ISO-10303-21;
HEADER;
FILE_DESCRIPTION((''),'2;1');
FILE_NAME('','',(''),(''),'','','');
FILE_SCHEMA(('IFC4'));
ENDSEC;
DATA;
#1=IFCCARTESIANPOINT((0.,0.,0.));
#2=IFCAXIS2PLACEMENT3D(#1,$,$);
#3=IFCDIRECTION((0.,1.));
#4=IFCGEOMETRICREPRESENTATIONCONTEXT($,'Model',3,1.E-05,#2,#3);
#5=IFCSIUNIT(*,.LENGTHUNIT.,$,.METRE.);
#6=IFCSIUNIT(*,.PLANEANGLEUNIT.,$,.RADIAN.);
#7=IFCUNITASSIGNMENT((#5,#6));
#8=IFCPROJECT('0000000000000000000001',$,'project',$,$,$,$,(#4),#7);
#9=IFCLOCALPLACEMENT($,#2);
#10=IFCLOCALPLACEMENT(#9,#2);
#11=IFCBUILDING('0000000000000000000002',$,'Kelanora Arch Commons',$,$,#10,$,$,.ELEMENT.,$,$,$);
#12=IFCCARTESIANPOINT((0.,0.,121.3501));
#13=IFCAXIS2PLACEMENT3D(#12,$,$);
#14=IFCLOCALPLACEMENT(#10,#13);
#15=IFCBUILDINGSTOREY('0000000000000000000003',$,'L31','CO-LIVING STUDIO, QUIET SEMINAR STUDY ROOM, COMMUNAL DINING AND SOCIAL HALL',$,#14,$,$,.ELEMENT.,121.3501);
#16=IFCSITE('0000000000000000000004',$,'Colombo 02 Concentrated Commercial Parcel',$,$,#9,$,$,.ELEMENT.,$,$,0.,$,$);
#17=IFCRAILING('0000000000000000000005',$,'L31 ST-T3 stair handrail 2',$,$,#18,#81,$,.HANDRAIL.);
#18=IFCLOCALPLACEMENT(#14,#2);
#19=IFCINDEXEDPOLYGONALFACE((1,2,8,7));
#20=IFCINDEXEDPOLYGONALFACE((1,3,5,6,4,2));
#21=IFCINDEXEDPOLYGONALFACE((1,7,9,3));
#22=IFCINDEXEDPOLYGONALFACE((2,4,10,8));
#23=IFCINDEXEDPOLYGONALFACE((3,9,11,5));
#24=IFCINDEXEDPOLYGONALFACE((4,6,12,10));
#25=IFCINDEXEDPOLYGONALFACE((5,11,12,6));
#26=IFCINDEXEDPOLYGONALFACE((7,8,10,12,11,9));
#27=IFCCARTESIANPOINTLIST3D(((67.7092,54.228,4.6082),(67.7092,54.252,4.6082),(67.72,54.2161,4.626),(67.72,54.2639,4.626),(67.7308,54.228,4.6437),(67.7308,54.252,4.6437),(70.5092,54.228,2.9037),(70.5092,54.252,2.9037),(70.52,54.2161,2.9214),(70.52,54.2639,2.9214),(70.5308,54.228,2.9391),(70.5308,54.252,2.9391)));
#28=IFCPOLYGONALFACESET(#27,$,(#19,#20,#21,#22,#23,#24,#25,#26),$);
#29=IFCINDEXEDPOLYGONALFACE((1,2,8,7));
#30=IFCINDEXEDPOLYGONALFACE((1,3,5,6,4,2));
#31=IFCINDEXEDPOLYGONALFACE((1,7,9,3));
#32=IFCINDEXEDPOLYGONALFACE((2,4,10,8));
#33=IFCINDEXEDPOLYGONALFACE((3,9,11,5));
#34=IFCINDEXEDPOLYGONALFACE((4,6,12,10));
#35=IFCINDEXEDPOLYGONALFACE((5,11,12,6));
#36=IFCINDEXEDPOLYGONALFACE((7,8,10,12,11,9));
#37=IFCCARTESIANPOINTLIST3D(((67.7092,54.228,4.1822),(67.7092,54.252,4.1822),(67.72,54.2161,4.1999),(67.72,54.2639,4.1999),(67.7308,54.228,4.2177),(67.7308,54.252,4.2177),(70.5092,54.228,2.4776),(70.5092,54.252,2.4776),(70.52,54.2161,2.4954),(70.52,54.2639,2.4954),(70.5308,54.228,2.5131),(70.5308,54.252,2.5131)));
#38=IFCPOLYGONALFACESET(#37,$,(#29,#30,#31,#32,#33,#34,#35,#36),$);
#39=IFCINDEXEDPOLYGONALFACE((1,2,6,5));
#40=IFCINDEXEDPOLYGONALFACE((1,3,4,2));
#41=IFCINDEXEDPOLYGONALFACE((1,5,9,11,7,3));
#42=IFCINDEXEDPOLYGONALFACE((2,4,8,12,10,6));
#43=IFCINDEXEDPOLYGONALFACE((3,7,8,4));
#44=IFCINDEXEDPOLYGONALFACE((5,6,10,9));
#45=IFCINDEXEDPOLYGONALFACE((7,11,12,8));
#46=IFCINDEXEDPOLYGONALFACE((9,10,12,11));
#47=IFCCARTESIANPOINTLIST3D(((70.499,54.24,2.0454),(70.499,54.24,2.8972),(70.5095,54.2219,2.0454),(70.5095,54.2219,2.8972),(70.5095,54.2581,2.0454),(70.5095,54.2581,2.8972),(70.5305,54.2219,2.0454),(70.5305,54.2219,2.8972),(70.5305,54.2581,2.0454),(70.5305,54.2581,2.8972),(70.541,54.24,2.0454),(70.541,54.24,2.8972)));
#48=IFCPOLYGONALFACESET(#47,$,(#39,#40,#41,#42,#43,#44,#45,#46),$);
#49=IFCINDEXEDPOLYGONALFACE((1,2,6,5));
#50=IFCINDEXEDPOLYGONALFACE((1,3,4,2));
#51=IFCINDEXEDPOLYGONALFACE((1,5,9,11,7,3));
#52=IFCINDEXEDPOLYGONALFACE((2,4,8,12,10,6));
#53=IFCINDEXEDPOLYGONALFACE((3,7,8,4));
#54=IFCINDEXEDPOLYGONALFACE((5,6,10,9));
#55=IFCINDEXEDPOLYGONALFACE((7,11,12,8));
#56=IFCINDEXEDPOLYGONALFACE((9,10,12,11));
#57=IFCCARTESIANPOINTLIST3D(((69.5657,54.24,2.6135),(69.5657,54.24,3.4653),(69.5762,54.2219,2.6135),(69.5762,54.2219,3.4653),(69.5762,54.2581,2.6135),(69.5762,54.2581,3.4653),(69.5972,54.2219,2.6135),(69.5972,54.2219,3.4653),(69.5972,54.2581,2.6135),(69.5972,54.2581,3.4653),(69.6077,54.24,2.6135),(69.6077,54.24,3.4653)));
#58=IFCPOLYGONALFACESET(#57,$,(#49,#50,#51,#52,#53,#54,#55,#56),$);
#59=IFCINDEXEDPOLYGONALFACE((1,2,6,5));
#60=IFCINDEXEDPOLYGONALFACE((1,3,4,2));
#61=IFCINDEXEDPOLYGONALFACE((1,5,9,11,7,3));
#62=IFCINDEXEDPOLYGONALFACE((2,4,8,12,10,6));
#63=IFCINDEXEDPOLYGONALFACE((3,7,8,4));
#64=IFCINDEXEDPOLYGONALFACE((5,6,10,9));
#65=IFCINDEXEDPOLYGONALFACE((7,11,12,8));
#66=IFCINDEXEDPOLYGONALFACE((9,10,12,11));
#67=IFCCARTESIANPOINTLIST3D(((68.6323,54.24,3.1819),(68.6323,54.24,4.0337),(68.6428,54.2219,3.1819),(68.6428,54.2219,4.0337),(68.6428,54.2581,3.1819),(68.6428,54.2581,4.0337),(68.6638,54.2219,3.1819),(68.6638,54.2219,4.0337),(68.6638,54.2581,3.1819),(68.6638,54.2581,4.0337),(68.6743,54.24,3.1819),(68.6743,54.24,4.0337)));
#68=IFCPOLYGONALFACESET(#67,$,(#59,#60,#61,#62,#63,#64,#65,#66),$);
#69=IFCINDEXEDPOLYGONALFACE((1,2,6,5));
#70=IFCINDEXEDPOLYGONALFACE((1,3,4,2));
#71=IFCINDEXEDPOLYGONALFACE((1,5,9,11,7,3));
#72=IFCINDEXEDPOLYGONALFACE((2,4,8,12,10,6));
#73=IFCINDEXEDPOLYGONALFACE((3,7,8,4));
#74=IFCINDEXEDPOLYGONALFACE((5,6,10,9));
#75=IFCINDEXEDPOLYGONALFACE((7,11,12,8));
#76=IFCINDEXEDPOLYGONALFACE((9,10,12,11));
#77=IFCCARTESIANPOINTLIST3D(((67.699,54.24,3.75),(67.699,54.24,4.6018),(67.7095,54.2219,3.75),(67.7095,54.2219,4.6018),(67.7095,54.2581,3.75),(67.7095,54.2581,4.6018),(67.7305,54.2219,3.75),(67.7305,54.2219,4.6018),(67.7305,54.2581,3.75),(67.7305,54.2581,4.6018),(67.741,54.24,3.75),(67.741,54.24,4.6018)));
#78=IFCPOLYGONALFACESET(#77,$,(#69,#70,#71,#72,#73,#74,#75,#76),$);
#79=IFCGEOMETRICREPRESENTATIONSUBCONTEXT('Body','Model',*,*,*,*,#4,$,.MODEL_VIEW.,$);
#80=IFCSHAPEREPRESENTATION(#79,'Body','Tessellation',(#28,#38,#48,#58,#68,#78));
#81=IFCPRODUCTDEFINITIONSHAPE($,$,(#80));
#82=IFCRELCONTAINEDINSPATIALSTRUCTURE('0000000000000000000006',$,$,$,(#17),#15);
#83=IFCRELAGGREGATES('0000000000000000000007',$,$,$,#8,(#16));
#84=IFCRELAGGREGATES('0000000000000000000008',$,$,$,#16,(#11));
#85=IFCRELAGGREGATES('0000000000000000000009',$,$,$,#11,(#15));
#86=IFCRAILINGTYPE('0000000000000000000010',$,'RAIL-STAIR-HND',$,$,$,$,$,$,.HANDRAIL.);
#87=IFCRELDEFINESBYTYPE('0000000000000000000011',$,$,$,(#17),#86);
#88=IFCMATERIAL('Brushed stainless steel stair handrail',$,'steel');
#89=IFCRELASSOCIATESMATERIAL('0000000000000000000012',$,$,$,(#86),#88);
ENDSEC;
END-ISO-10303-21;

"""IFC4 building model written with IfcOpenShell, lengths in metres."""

from ifc_helpers import new_model, si_unit, direction, frame, origin, place, context, subcontext, project, spatial, polyline, outline, extrude, material, type_object, element, save


model = new_model("IFC4")

# Units and contexts
model_context = context("Model", 3, precision=1e-05, world=origin(), true_north=direction((0.0, 1.0)))
body_context = subcontext(model_context, "Body", "Model", "MODEL_VIEW")
ifc_project = project(units=[si_unit("LENGTHUNIT", "METRE"), si_unit("PLANEANGLEUNIT", "RADIAN")], contexts=[model_context])

# Site, building, storey
site_placement = place(None, origin())
site = spatial("IfcSite", under=ifc_project, at=site_placement, Name="Colombo 02 Concentrated Commercial Parcel", CompositionType="ELEMENT", RefElevation=0.0)
building_placement = place(site_placement, origin())
building = spatial("IfcBuilding", under=site, at=building_placement, Name="Kelanora Arch Commons", CompositionType="ELEMENT")
storey_placement = place(building_placement, frame((0.0, 0.0, 121.3501)))
storey = spatial("IfcBuildingStorey", under=building, at=storey_placement, Name="L31", Description="CO-LIVING STUDIO, QUIET SEMINAR STUDY ROOM, COMMUNAL DINING AND SOCIAL HALL", CompositionType="ELEMENT", Elevation=121.3501)

# Railing
ifc_material_1 = material(Name="Brushed stainless steel stair handrail", Category="steel")
railing_type_1 = type_object("IfcRailingType", Name="RAIL-STAIR-HND", PredefinedType="HANDRAIL", material=ifc_material_1)
railing_1_placement = place(storey_placement, frame((70.52, 54.24, 2.0454)))
element("IfcRailing", 1, at=railing_1_placement, inside=storey, type_object=railing_type_1, Name="L31 ST-T3 stair handrail 2", PredefinedType="HANDRAIL", context=body_context, shape_type="SweptSolid", body=[
    extrude(outline(polyline([(0.0239, 0.0), (0.012, 0.0208), (-0.012, 0.0208), (-0.0239, 0.0), (-0.012, -0.0208), (0.012, -0.0208), (0.0239, 0.0)])), frame((0.0, 0.0, 0.876), z_axis=(-0.85417, 0.0, 0.519994), x_axis=(0.0, -1.0, 0.0)), (0.0, 0.0, 1.0), 3.2781),
    extrude(outline(polyline([(0.0239, 0.0), (0.012, 0.0208), (-0.012, 0.0208), (-0.0239, 0.0), (-0.012, -0.0208), (0.012, -0.0208), (0.0239, 0.0)])), frame((0.0, 0.0, 0.45), z_axis=(-0.85417, 0.0, 0.519994), x_axis=(0.0, -1.0, 0.0)), (0.0, 0.0, 1.0), 3.2781),
    extrude(outline(polyline([(0.021, 0.0), (0.0105, 0.0181), (-0.0105, 0.0181), (-0.021, 0.0), (-0.0105, -0.0181), (0.0105, -0.0181), (0.021, 0.0)])), origin(), (0.0, 0.0, 1.0), 0.8518),
    extrude(outline(polyline([(0.021, 0.0), (0.0105, 0.0181), (-0.0105, 0.0181), (-0.021, 0.0), (-0.0105, -0.0181), (0.0105, -0.0181), (0.021, 0.0)])), frame((-0.9333, 0.0, 0.5681)), (0.0, 0.0, 1.0), 0.8518),
    extrude(outline(polyline([(0.021, 0.0), (0.0105, 0.0181), (-0.0105, 0.0181), (-0.021, 0.0), (-0.0105, -0.0181), (0.0105, -0.0181), (0.021, 0.0)])), frame((-1.8667, 0.0, 1.1365)), (0.0, 0.0, 1.0), 0.8518),
    extrude(outline(polyline([(0.021, 0.0), (0.0105, 0.0181), (-0.0105, 0.0181), (-0.021, 0.0), (-0.0105, -0.0181), (0.0105, -0.0181), (0.021, 0.0)])), frame((-2.8, 0.0, 1.7046)), (0.0, 0.0, 1.0), 0.8518),
])

save(model, "model.ifc")
